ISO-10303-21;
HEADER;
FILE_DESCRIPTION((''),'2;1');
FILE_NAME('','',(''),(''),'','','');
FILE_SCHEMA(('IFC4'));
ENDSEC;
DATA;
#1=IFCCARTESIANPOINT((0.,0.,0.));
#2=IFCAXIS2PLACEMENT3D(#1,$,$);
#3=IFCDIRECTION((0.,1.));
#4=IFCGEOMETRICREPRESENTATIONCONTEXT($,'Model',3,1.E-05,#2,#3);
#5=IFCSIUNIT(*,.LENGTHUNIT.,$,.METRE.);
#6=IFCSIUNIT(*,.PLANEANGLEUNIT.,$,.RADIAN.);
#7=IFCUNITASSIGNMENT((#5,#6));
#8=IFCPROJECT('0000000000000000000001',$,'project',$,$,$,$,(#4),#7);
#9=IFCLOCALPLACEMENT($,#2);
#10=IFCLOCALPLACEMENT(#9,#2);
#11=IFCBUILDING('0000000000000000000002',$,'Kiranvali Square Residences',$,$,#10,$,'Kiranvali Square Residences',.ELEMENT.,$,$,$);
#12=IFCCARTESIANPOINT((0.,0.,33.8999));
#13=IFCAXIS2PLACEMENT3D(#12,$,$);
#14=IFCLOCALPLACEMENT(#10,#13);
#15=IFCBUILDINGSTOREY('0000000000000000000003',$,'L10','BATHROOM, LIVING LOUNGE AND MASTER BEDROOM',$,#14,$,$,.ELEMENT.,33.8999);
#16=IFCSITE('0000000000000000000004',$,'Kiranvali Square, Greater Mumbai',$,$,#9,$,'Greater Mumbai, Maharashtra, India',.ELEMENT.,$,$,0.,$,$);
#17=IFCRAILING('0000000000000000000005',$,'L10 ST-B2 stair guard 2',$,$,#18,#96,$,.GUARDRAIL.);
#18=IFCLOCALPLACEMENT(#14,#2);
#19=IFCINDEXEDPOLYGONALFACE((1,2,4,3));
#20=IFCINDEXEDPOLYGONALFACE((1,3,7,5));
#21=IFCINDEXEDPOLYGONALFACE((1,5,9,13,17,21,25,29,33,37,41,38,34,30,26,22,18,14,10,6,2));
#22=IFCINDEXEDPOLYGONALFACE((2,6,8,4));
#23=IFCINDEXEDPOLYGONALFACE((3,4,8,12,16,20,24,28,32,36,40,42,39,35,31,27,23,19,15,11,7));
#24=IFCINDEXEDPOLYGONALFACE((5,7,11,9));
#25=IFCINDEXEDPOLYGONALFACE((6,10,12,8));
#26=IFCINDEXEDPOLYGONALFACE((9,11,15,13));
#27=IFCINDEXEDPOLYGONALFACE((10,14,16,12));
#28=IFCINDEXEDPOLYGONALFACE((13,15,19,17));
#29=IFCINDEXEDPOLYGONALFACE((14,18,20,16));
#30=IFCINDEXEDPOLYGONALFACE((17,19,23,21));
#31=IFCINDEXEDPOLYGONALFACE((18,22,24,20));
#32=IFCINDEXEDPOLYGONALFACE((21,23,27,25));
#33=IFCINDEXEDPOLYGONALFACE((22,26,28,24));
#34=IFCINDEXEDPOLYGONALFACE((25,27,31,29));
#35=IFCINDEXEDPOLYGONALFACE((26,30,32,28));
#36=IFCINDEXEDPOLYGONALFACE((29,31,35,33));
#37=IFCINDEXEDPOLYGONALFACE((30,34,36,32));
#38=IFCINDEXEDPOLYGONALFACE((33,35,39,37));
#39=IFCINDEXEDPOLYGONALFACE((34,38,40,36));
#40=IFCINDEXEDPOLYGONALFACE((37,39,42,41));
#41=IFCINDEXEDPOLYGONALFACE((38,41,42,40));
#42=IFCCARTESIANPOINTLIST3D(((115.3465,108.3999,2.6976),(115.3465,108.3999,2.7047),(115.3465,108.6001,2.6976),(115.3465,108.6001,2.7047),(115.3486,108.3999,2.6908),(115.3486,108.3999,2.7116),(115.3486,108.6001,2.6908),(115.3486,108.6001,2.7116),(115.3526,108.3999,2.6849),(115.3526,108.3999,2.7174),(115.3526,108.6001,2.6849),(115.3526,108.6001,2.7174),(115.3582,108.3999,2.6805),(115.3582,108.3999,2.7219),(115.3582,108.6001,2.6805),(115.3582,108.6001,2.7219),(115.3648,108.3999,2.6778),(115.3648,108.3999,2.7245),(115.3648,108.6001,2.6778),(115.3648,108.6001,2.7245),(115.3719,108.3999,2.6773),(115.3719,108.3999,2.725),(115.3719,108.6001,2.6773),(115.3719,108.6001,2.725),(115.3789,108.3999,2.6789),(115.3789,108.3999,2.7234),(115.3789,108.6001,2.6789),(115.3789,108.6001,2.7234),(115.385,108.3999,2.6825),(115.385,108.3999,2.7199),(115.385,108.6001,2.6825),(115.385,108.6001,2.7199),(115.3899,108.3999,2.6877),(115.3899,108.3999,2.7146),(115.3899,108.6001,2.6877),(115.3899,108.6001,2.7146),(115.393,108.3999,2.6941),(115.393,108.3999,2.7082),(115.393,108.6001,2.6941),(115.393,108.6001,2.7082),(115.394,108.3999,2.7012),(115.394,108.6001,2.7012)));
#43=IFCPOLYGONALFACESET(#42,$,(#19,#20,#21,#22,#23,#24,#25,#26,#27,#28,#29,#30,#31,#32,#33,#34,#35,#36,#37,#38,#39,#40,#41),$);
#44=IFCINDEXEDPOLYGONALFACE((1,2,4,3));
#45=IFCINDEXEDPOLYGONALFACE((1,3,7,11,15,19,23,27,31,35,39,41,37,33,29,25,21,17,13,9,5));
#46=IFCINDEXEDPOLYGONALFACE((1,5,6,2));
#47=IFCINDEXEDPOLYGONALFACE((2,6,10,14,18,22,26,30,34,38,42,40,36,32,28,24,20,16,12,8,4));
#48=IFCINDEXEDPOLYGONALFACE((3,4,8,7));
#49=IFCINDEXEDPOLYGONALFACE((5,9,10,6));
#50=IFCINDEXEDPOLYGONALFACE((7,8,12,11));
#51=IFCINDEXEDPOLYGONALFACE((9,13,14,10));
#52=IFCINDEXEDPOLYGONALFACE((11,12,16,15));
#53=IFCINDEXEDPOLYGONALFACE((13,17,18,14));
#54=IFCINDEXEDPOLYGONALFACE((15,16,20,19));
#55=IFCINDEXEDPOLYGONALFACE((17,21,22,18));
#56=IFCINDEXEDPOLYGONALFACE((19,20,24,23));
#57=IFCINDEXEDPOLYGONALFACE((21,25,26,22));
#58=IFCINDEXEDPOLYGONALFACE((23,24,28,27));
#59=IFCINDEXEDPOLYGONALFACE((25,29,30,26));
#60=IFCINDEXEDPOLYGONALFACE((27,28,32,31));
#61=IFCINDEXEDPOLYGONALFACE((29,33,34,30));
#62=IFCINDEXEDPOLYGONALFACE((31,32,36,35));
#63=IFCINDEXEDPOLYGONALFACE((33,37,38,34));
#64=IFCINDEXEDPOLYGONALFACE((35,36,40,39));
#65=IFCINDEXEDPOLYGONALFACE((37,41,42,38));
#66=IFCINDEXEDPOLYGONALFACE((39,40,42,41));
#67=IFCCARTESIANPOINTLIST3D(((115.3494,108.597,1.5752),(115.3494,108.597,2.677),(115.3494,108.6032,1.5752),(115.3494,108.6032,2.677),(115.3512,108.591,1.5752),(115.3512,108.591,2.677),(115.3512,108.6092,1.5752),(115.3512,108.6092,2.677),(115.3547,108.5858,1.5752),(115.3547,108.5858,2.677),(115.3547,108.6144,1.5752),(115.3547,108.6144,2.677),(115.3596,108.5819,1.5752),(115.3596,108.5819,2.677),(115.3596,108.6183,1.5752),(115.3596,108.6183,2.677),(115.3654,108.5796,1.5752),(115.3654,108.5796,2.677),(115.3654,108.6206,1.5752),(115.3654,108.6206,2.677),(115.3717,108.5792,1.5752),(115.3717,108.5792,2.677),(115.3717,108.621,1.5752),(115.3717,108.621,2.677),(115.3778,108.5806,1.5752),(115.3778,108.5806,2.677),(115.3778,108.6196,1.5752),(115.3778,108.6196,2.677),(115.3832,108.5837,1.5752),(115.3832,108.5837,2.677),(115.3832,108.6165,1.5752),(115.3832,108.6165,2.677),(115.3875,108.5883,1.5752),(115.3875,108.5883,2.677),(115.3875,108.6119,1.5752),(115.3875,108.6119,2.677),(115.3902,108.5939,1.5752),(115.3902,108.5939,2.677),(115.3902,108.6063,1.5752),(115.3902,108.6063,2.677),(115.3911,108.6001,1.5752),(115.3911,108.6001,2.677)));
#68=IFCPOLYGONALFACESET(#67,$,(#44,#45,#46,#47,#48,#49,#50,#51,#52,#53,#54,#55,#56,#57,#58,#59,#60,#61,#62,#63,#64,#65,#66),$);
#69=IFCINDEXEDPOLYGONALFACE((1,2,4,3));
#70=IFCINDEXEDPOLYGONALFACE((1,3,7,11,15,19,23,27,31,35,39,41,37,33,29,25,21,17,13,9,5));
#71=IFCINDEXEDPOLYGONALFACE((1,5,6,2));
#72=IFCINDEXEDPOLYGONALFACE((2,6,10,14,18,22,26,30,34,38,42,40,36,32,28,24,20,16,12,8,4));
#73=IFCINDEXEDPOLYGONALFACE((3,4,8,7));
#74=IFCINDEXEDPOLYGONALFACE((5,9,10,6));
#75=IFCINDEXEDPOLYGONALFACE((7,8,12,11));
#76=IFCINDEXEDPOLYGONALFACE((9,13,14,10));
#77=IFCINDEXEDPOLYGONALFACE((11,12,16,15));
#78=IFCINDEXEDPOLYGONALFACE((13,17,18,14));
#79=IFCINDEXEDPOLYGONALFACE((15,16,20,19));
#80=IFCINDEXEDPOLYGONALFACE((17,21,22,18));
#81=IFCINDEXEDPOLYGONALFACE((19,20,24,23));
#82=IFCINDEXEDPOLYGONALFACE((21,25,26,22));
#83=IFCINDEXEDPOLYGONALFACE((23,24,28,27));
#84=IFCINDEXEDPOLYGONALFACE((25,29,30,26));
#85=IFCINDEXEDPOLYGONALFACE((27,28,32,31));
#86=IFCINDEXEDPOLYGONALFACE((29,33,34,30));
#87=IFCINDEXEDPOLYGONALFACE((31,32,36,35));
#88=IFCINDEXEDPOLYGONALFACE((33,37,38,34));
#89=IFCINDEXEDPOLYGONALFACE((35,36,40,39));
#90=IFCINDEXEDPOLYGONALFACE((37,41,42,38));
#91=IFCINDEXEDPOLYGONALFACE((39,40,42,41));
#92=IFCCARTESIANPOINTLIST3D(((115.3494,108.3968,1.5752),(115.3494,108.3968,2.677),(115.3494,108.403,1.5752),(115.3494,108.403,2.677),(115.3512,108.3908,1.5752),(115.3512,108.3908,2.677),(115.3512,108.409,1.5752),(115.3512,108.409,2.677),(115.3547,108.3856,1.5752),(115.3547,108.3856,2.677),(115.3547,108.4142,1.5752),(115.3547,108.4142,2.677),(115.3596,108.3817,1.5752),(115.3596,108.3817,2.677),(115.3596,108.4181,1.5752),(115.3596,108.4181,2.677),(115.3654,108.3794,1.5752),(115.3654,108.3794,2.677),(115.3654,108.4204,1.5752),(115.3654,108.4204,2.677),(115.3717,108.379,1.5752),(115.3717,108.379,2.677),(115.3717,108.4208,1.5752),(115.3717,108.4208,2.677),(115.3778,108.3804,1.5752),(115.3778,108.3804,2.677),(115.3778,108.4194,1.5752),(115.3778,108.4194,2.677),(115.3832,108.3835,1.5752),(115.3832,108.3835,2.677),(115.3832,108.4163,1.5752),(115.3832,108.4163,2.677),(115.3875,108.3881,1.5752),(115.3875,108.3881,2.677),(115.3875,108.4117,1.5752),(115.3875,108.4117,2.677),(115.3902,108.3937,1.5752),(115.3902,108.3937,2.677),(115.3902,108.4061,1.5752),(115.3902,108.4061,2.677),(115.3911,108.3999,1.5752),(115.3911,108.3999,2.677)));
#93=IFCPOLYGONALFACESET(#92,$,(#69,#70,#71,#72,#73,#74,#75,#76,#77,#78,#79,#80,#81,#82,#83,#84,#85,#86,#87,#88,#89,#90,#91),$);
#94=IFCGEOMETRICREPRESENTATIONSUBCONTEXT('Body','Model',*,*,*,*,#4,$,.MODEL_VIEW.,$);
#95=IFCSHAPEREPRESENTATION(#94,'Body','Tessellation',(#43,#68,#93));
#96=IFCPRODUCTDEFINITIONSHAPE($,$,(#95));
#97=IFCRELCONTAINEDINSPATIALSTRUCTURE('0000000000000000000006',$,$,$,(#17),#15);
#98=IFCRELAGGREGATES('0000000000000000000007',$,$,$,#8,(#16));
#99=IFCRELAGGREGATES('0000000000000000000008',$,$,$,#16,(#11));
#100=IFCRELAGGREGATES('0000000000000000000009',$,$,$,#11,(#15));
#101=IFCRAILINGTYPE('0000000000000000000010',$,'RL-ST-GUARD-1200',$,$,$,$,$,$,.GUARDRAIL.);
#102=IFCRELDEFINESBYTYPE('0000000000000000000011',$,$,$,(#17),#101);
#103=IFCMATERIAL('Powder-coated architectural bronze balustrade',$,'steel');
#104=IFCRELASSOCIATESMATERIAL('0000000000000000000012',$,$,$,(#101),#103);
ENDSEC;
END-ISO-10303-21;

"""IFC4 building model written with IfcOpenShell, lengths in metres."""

from ifc_helpers import new_model, si_unit, direction, frame, origin, origin_2d, place, context, subcontext, project, spatial, circle, extrude, material, type_object, element, save


model = new_model("IFC4")

# Units and contexts
model_context = context("Model", 3, precision=1e-05, world=origin(), true_north=direction((0.0, 1.0)))
body_context = subcontext(model_context, "Body", "Model", "MODEL_VIEW")
ifc_project = project(units=[si_unit("LENGTHUNIT", "METRE"), si_unit("PLANEANGLEUNIT", "RADIAN")], contexts=[model_context])

# Site, building, storey
site_placement = place(None, origin())
site = spatial("IfcSite", under=ifc_project, at=site_placement, Name="Kiranvali Square, Greater Mumbai", LongName="Greater Mumbai, Maharashtra, India", CompositionType="ELEMENT", RefElevation=0.0)
building_placement = place(site_placement, origin())
building = spatial("IfcBuilding", under=site, at=building_placement, Name="Kiranvali Square Residences", LongName="Kiranvali Square Residences", CompositionType="ELEMENT")
storey_placement = place(building_placement, frame((0.0, 0.0, 33.8999)))
storey = spatial("IfcBuildingStorey", under=building, at=storey_placement, Name="L10", Description="BATHROOM, LIVING LOUNGE AND MASTER BEDROOM", CompositionType="ELEMENT", Elevation=33.8999)

# Railing
ifc_material_1 = material(Name="Powder-coated architectural bronze balustrade", Category="steel")
railing_type_1 = type_object("IfcRailingType", Name="RL-ST-GUARD-1200", PredefinedType="GUARDRAIL", material=ifc_material_1)
railing_1_placement = place(storey_placement, frame((115.3701, 108.6001, 1.5752)))
element("IfcRailing", 1, at=railing_1_placement, inside=storey, type_object=railing_type_1, Name="L10 ST-B2 stair guard 2", PredefinedType="GUARDRAIL", context=body_context, shape_type="SweptSolid", body=[
    extrude(circle(Radius=0.0239, at=origin_2d()), frame((0.0, 0.0, 1.126), z_axis=(0.0, -1.0, 0.0), x_axis=(1.0, 0.0, 0.0)), (0.0, 0.0, 1.0), 0.2002),
    extrude(circle(Radius=0.021, at=origin_2d()), origin(), (0.0, 0.0, 1.0), 1.1018),
    extrude(circle(Radius=0.021, at=origin_2d()), frame((0.0, -0.2002, 0.0)), (0.0, 0.0, 1.0), 1.1018),
])

save(model, "model.ifc")
